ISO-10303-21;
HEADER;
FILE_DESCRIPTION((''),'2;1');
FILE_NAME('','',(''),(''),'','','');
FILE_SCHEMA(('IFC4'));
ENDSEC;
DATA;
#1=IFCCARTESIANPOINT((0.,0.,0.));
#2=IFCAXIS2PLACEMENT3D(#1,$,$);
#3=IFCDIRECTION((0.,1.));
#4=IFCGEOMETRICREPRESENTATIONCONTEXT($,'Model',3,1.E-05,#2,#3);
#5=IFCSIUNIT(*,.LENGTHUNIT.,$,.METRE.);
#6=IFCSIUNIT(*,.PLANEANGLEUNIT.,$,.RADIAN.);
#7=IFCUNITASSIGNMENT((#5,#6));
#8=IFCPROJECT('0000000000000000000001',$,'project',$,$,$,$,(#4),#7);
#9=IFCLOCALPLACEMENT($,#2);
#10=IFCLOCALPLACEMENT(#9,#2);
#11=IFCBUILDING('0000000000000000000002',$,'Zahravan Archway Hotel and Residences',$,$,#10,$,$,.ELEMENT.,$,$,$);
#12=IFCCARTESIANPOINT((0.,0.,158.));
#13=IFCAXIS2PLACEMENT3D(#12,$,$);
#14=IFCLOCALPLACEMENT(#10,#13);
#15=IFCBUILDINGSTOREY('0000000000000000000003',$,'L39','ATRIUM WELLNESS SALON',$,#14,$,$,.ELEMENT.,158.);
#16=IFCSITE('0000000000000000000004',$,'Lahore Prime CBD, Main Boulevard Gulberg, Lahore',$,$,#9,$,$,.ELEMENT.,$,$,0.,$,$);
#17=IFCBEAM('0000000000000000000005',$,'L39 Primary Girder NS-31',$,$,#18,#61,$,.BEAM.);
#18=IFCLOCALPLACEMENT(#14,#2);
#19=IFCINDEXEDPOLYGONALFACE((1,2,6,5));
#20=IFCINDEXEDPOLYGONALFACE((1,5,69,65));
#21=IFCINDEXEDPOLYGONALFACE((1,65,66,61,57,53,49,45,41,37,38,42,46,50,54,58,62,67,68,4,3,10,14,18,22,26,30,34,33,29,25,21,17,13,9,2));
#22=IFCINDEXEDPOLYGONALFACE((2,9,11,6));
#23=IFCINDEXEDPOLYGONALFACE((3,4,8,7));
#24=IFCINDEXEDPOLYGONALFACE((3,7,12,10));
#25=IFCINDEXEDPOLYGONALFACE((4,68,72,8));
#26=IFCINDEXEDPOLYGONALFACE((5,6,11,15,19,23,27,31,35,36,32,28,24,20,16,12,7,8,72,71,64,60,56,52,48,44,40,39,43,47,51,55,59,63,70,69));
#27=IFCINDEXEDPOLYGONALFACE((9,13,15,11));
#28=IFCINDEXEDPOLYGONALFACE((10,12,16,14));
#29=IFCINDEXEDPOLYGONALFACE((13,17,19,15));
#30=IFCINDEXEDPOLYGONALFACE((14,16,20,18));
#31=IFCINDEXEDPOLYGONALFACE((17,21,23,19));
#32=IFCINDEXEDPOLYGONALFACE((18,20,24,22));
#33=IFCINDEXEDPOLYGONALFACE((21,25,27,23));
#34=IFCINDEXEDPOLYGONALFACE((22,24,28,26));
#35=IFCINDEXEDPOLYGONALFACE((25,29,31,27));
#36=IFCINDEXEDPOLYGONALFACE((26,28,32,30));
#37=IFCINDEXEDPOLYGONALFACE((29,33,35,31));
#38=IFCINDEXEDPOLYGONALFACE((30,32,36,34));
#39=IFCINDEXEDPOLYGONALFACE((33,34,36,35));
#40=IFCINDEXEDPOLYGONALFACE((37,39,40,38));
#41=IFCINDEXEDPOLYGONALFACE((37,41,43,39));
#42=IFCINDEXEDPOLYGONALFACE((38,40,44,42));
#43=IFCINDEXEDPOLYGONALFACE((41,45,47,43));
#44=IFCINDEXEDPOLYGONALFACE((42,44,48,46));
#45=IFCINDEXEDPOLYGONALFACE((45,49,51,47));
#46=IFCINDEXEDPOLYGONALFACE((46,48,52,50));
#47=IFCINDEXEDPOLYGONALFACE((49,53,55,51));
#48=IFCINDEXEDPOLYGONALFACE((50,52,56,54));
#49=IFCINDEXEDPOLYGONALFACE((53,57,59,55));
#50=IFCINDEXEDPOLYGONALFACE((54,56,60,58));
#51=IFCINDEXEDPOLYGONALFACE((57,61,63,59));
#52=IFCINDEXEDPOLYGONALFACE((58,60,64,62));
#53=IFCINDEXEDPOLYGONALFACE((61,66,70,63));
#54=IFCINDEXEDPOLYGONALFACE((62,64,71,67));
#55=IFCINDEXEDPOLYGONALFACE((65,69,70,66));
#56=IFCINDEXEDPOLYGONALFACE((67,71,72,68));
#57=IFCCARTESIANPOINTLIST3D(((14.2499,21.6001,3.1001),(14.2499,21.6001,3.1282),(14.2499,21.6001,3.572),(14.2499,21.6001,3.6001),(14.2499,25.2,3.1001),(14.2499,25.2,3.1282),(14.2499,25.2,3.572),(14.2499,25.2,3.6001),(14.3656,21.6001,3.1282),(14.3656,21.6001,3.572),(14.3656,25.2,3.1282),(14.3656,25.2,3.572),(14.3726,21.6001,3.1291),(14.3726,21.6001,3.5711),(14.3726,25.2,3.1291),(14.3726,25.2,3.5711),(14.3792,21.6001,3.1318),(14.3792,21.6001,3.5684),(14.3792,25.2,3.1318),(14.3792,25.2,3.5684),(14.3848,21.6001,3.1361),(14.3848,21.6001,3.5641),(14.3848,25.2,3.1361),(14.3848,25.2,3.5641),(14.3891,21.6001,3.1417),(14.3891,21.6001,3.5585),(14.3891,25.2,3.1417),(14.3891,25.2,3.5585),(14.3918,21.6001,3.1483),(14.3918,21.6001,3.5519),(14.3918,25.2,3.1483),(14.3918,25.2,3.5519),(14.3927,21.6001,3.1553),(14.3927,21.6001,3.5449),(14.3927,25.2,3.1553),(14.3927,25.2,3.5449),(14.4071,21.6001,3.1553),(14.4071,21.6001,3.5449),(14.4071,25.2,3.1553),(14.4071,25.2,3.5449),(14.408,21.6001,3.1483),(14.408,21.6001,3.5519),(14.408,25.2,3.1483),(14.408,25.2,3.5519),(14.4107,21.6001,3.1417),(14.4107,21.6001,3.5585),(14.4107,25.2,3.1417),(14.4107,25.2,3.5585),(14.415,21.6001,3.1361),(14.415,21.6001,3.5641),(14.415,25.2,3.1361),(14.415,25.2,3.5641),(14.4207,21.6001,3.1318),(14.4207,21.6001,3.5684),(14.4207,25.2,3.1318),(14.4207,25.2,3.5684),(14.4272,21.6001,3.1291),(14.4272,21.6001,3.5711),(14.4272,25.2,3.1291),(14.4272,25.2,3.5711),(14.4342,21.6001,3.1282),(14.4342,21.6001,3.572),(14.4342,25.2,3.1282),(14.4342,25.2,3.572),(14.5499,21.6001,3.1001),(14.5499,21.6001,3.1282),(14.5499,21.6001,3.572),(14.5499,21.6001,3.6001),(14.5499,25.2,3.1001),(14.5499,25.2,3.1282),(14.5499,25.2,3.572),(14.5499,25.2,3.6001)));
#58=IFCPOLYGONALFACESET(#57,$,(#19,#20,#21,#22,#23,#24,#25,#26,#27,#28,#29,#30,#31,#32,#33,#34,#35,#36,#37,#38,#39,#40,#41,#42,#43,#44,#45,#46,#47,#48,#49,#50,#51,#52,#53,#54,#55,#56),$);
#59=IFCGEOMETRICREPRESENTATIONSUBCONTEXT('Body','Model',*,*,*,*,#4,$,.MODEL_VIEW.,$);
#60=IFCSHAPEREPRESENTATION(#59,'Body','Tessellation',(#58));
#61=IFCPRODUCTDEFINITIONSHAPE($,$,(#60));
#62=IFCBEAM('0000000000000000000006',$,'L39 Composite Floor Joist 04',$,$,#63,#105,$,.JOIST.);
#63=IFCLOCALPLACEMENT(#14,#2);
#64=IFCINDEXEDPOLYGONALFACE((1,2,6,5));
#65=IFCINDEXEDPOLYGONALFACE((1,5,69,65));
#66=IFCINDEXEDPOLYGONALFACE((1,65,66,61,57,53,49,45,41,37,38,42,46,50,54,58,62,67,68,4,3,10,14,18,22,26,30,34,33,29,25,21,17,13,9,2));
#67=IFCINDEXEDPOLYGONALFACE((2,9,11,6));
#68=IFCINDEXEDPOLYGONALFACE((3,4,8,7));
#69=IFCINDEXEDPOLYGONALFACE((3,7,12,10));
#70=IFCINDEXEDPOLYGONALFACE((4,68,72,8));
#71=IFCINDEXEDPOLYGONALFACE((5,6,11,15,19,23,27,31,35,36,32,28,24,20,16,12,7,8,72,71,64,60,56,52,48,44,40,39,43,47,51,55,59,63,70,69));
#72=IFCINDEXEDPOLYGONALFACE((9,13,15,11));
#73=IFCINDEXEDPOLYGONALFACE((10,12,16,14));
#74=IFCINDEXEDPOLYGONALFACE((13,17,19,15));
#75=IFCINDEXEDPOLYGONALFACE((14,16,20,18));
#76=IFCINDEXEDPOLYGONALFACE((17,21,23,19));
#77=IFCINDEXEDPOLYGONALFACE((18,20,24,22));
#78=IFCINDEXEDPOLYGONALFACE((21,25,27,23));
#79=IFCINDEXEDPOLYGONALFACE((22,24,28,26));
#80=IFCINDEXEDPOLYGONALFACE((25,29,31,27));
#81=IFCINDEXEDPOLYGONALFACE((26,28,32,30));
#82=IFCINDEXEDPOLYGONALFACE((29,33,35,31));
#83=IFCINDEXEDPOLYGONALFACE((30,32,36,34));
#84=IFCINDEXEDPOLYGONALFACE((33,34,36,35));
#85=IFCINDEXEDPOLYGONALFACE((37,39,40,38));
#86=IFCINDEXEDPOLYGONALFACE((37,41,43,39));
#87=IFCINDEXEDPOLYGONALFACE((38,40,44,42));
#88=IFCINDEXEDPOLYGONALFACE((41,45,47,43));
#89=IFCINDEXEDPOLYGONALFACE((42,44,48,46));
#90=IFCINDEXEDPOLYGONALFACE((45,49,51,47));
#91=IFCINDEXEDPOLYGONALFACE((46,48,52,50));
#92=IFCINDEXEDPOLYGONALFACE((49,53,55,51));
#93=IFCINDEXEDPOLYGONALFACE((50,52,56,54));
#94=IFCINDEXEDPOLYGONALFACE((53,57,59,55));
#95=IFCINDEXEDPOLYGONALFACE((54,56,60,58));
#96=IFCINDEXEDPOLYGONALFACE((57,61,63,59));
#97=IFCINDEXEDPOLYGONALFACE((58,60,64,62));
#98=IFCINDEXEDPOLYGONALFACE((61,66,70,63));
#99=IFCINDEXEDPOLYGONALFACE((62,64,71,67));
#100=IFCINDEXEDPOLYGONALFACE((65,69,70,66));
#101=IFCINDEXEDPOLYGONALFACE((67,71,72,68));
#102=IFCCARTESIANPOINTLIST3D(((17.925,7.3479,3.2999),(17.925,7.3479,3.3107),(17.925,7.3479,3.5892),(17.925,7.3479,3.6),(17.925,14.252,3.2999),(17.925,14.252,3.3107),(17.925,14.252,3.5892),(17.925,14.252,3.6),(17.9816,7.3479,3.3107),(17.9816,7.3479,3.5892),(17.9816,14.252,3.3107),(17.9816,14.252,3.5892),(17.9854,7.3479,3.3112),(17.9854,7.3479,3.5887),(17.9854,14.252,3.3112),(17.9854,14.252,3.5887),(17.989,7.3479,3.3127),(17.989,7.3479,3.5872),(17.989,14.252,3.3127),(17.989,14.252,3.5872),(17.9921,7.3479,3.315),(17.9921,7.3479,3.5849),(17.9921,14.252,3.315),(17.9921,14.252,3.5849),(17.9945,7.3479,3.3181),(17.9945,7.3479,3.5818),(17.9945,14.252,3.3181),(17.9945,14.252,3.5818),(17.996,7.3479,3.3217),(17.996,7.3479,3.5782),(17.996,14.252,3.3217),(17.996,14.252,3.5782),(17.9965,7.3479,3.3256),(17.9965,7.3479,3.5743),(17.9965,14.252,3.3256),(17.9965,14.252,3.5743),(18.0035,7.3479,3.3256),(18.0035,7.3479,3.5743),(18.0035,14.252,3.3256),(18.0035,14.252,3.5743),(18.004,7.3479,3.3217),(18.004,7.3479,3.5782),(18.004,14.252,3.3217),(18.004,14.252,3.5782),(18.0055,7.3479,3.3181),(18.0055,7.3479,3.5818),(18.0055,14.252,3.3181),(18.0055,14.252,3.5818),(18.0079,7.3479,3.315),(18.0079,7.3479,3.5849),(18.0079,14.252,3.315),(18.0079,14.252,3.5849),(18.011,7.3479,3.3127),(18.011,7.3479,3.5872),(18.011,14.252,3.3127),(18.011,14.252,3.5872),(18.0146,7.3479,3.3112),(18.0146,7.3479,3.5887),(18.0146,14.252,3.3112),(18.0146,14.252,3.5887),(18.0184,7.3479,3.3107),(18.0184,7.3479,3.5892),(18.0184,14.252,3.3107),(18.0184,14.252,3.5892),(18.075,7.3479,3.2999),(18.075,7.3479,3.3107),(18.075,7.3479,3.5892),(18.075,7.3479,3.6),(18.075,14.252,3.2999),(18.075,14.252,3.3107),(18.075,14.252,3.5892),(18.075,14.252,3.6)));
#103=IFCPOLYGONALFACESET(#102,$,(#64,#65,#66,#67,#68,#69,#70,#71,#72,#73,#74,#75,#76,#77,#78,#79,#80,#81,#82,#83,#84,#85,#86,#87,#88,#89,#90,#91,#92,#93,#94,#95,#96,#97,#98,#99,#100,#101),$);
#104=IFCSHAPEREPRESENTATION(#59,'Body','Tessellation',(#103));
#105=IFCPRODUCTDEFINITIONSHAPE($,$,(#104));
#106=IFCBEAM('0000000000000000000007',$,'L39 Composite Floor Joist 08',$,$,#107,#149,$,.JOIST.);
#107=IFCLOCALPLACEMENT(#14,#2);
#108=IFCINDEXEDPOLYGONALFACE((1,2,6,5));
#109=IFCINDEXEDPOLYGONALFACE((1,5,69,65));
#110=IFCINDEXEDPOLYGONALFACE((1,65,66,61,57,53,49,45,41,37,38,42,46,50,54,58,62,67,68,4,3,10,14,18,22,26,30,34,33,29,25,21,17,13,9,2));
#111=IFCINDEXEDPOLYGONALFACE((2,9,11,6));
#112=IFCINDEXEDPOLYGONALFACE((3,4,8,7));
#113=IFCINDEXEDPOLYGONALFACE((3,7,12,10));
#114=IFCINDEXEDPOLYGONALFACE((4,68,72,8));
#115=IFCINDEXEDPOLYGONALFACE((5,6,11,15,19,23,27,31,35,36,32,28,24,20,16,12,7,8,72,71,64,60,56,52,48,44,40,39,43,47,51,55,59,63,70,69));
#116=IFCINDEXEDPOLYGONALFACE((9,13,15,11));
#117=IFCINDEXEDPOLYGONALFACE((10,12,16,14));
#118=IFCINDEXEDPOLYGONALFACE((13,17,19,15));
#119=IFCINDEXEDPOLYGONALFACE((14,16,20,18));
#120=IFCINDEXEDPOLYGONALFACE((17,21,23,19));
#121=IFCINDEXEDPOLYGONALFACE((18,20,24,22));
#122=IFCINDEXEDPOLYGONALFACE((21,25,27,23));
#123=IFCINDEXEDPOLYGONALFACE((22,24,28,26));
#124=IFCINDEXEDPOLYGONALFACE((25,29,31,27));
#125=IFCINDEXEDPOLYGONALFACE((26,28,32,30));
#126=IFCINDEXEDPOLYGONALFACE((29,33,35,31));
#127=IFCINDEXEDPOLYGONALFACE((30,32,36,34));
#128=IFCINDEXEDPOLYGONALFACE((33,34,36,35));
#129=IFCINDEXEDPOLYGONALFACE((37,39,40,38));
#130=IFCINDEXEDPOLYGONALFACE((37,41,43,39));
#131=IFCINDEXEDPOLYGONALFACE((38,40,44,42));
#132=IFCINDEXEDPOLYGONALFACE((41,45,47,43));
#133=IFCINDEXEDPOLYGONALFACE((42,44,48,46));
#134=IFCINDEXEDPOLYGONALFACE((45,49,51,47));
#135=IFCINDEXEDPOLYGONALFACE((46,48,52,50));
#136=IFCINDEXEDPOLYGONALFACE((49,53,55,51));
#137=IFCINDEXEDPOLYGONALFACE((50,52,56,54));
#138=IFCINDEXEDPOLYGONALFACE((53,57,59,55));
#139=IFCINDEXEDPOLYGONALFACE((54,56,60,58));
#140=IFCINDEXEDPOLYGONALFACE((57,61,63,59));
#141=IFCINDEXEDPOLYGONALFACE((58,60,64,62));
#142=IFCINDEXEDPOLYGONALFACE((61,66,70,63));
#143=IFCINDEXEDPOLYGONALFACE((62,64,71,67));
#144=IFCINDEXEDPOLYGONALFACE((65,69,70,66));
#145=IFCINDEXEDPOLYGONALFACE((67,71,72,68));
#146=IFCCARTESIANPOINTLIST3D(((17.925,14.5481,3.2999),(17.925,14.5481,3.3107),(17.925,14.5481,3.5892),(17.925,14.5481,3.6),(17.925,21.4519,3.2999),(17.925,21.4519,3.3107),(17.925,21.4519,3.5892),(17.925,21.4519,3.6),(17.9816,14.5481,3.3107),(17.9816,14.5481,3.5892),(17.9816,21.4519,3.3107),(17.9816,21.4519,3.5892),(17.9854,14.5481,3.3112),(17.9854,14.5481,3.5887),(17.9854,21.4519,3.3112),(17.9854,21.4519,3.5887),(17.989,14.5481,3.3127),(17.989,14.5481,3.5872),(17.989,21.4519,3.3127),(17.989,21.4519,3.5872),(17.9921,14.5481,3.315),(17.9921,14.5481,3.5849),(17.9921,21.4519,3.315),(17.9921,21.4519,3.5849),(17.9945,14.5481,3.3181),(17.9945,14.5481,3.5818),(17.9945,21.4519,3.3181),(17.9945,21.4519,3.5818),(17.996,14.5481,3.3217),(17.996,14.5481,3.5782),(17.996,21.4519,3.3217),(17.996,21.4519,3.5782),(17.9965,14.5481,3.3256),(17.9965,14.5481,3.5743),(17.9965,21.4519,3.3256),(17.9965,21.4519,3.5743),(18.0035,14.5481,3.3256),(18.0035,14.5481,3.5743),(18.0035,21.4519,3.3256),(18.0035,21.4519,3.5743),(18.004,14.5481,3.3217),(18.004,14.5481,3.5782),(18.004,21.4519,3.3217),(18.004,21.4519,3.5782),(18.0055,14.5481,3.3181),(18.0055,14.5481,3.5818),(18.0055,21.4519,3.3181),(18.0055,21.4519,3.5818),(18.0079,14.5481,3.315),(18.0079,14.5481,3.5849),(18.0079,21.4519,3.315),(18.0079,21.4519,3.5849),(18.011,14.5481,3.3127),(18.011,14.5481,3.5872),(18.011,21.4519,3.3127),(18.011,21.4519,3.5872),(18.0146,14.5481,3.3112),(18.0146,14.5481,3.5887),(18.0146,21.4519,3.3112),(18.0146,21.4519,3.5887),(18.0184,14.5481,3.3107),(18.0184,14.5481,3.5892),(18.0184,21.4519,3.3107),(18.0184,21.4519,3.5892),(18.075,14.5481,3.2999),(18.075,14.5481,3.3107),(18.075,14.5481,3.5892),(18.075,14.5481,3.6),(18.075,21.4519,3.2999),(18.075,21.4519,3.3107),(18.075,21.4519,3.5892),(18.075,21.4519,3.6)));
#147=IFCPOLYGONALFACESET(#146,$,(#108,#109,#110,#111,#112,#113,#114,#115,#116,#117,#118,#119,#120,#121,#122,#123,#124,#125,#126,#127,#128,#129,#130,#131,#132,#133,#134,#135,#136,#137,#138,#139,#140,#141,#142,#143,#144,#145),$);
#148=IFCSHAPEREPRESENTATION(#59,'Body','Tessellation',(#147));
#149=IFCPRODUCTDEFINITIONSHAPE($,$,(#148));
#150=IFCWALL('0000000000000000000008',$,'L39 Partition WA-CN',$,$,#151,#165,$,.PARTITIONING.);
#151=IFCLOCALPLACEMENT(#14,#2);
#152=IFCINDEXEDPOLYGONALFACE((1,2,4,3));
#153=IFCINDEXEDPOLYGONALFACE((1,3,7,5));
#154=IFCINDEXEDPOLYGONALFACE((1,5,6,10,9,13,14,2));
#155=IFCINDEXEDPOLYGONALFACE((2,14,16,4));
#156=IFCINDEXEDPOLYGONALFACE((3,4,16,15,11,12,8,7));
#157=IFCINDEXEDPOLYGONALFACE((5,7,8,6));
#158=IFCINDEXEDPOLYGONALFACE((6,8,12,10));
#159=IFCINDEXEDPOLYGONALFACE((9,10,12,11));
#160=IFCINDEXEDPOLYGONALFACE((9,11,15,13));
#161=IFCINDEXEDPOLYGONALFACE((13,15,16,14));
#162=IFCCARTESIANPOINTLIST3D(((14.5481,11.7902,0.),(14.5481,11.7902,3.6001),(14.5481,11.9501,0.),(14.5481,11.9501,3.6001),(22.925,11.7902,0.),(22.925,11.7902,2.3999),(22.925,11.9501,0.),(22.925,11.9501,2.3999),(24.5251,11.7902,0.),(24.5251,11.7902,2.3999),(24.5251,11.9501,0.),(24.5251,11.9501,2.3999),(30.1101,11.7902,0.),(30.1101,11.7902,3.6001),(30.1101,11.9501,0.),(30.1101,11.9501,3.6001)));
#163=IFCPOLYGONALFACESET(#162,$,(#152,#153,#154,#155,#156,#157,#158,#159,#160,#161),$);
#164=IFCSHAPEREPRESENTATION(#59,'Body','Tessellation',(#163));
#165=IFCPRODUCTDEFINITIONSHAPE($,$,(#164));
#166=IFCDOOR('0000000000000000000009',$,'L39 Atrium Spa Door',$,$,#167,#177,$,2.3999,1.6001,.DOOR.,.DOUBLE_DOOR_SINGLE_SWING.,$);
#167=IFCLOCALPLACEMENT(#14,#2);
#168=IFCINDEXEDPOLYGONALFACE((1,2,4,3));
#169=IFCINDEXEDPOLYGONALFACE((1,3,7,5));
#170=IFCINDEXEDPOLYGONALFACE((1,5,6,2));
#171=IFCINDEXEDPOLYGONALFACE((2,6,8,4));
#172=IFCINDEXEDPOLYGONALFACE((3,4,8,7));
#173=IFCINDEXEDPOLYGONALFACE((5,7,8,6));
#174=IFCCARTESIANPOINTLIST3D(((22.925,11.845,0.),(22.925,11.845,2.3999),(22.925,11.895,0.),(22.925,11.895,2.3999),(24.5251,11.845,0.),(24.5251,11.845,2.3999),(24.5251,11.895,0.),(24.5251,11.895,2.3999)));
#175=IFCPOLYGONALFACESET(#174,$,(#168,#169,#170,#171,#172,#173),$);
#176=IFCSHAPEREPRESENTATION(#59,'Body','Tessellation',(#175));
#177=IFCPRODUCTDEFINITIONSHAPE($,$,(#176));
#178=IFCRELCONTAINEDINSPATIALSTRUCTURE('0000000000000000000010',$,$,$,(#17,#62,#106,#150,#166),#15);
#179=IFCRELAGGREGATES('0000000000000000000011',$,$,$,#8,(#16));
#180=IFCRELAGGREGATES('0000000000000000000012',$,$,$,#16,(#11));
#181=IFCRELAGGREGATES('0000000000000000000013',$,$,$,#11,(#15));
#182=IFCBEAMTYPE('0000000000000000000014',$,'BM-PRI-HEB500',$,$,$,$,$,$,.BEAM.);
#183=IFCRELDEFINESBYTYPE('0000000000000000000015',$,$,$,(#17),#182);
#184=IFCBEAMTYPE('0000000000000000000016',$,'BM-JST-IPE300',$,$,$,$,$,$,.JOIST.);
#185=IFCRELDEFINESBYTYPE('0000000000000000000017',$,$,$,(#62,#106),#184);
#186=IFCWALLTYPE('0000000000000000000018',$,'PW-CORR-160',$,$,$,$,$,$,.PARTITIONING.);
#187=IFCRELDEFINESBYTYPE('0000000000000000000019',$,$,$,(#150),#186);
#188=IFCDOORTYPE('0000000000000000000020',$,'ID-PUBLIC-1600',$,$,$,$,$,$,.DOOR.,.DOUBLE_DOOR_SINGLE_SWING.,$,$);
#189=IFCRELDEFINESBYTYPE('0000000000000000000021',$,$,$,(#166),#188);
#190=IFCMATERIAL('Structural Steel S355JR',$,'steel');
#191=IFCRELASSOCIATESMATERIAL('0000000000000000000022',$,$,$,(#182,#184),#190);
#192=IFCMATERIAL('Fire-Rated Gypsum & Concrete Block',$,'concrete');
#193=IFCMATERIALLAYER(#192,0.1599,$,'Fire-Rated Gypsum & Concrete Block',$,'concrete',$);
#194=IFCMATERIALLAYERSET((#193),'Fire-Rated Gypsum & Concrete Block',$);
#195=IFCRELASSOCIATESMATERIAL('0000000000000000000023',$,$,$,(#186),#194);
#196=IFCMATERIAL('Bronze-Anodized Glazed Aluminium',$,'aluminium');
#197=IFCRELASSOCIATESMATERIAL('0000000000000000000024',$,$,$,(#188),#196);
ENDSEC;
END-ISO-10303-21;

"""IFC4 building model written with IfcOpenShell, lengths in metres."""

from ifc_helpers import new_model, si_unit, direction, frame, frame_2d, origin, origin_2d, place, context, subcontext, project, spatial, rectangle, i_section, extrude, source, transform, mapped, material, layer, layer_set, material_profile, profile_set, type_object, type_shapes, element, fill, save


model = new_model("IFC4")

# Units and contexts
model_context = context("Model", 3, precision=1e-05, world=origin(), true_north=direction((0.0, 1.0)))
body_context = subcontext(model_context, "Body", "Model", "MODEL_VIEW")
ifc_project = project(units=[si_unit("LENGTHUNIT", "METRE"), si_unit("PLANEANGLEUNIT", "RADIAN")], contexts=[model_context])

# Site, building, storey
site_placement = place(None, origin())
site = spatial("IfcSite", under=ifc_project, at=site_placement, Name="Lahore Prime CBD, Main Boulevard Gulberg, Lahore", CompositionType="ELEMENT", RefElevation=0.0)
building_placement = place(site_placement, origin())
building = spatial("IfcBuilding", under=site, at=building_placement, Name="Zahravan Archway Hotel and Residences", CompositionType="ELEMENT")
storey_placement = place(building_placement, frame((0.0, 0.0, 158.0)))
storey = spatial("IfcBuildingStorey", under=building, at=storey_placement, Name="L39", Description="ATRIUM WELLNESS SALON", CompositionType="ELEMENT", Elevation=158.0)

# Beams
ifc_material_1 = material(Name="Structural Steel S355JR", Category="steel")
ifc_material_profile_1 = material_profile(ifc_material_1, i_section(OverallWidth=0.3, OverallDepth=0.5, WebThickness=0.0144, FlangeThickness=0.0281, FilletRadius=0.0271, at=origin_2d()), Name="HEB 500", Category="steel")
ifc_profile_set_1 = profile_set([ifc_material_profile_1], Name="Structural Steel S355JR")
beam_type_1 = type_object("IfcBeamType", Name="BM-PRI-HEB500", PredefinedType="BEAM", material=ifc_profile_set_1)
shared_shape_1 = source(origin(), body_context, "Body", "SweptSolid", [
    extrude(i_section(OverallWidth=0.3, OverallDepth=0.5, WebThickness=0.0144, FlangeThickness=0.0281, FilletRadius=0.0271, at=origin_2d()), origin(), (0.0, 0.0, 1.0), 3.5999),
])
beam_1_placement = place(storey_placement, frame((14.3999, 21.6001, 3.3501), z_axis=(0.0, 1.0, 0.0), x_axis=(-1.0, 0.0, 0.0)))
element("IfcBeam", 1, at=beam_1_placement, inside=storey, type_object=beam_type_1, Name="L39 Primary Girder NS-31", PredefinedType="BEAM", context=body_context, shape_type="MappedRepresentation", body=[
    mapped(shared_shape_1, transform((0.0, 0.0, 0.0), scale=1.0)),
])
ifc_material_profile_2 = material_profile(ifc_material_1, i_section(OverallWidth=0.1499, OverallDepth=0.3, WebThickness=0.0071, FlangeThickness=0.0107, FilletRadius=0.0149, at=origin_2d()), Name="IPE 300", Category="steel")
ifc_profile_set_2 = profile_set([ifc_material_profile_2], Name="Structural Steel S355JR")
beam_type_2 = type_object("IfcBeamType", Name="BM-JST-IPE300", PredefinedType="JOIST", material=ifc_profile_set_2)
shared_shape_2 = source(origin(), body_context, "Body", "SweptSolid", [
    extrude(i_section(OverallWidth=0.1499, OverallDepth=0.3, WebThickness=0.0071, FlangeThickness=0.0107, FilletRadius=0.0149, at=origin_2d()), origin(), (0.0, 0.0, 1.0), 6.9041),
])
type_shapes(beam_type_2, [shared_shape_2])
beam_2_placement = place(storey_placement, frame((18.0, 7.3479, 3.45), z_axis=(0.0, 1.0, 0.0), x_axis=(-1.0, 0.0, 0.0)))
element("IfcBeam", 2, at=beam_2_placement, inside=storey, type_object=beam_type_2, Name="L39 Composite Floor Joist 04", PredefinedType="JOIST", context=body_context, shape_type="MappedRepresentation", body=[
    mapped(shared_shape_2, transform((0.0, 0.0, 0.0), scale=1.0)),
])
shared_shape_3 = source(origin(), body_context, "Body", "SweptSolid", [
    extrude(i_section(OverallWidth=0.1499, OverallDepth=0.3, WebThickness=0.0071, FlangeThickness=0.0107, FilletRadius=0.0149, at=origin_2d()), origin(), (0.0, 0.0, 1.0), 6.9038),
])
beam_3_placement = place(storey_placement, frame((18.0, 14.5481, 3.45), z_axis=(0.0, 1.0, 0.0), x_axis=(-1.0, 0.0, 0.0)))
element("IfcBeam", 3, at=beam_3_placement, inside=storey, type_object=beam_type_2, Name="L39 Composite Floor Joist 08", PredefinedType="JOIST", context=body_context, shape_type="MappedRepresentation", body=[
    mapped(shared_shape_3, transform((0.0, 0.0, 0.0), scale=1.0)),
])

# Wall, opening, door
ifc_material_2 = material(Name="Fire-Rated Gypsum & Concrete Block", Category="concrete")
ifc_layer_1 = layer(ifc_material_2, 0.1599, Name="Fire-Rated Gypsum & Concrete Block", Category="concrete")
ifc_layer_set_1 = layer_set([ifc_layer_1], Name="Fire-Rated Gypsum & Concrete Block")
wall_type_1 = type_object("IfcWallType", Name="PW-CORR-160", PredefinedType="PARTITIONING", material=ifc_layer_set_1)
wall_1_placement = place(storey_placement, frame((14.5481, 11.8701, 0.0), z_axis=(0.0, 0.0, 1.0), x_axis=(1.0, 0.0, 0.0)))
wall_1 = element("IfcWall", 4, at=wall_1_placement, inside=storey, type_object=wall_type_1, Name="L39 Partition WA-CN", PredefinedType="PARTITIONING", context=body_context, shape_type="SweptSolid", body=[
    extrude(rectangle(XDim=15.562, YDim=0.1599, at=frame_2d((7.781, 0.0))), origin(), (0.0, 0.0, 1.0), 3.6001),
])
opening_1_placement = place(wall_1_placement, frame((8.377, 0.0, 0.0)))
opening_1 = element("IfcOpeningElement", 5, at=opening_1_placement, cuts=wall_1, PredefinedType="OPENING", context=body_context, shape_type="SweptSolid", body=[
    extrude(rectangle(XDim=1.6001, YDim=2.3999, at=frame_2d((0.8, 1.2))), frame((0.0, 0.0898, 0.0), z_axis=(0.0, -1.0, 0.0), x_axis=(1.0, 0.0, 0.0)), (0.0, 0.0, 1.0), 0.1799),
])
ifc_material_3 = material(Name="Bronze-Anodized Glazed Aluminium", Category="aluminium")
door_type_1 = type_object("IfcDoorType", Name="ID-PUBLIC-1600", OperationType="DOUBLE_DOOR_SINGLE_SWING", PredefinedType="DOOR", material=ifc_material_3)
shared_shape_4 = source(origin(), body_context, "Body", "SweptSolid", [
    extrude(rectangle(XDim=1.6001, YDim=2.3999, at=frame_2d((0.8, 1.2))), frame((0.0, 0.0249, 0.0), z_axis=(0.0, -1.0, 0.0), x_axis=(1.0, 0.0, 0.0)), (0.0, 0.0, 1.0), 0.05),
])
type_shapes(door_type_1, [shared_shape_4])
door_1_placement = place(opening_1_placement, origin())
door_1 = element("IfcDoor", 6, at=door_1_placement, inside=storey, type_object=door_type_1, Name="L39 Atrium Spa Door", OperationType="DOUBLE_DOOR_SINGLE_SWING", OverallHeight=2.3999, OverallWidth=1.6001, PredefinedType="DOOR", context=body_context, shape_type="MappedRepresentation", body=[
    mapped(shared_shape_4, transform((0.0, 0.0, 0.0), scale=1.0)),
])
fill(opening_1, door_1)

save(model, "model.ifc")
